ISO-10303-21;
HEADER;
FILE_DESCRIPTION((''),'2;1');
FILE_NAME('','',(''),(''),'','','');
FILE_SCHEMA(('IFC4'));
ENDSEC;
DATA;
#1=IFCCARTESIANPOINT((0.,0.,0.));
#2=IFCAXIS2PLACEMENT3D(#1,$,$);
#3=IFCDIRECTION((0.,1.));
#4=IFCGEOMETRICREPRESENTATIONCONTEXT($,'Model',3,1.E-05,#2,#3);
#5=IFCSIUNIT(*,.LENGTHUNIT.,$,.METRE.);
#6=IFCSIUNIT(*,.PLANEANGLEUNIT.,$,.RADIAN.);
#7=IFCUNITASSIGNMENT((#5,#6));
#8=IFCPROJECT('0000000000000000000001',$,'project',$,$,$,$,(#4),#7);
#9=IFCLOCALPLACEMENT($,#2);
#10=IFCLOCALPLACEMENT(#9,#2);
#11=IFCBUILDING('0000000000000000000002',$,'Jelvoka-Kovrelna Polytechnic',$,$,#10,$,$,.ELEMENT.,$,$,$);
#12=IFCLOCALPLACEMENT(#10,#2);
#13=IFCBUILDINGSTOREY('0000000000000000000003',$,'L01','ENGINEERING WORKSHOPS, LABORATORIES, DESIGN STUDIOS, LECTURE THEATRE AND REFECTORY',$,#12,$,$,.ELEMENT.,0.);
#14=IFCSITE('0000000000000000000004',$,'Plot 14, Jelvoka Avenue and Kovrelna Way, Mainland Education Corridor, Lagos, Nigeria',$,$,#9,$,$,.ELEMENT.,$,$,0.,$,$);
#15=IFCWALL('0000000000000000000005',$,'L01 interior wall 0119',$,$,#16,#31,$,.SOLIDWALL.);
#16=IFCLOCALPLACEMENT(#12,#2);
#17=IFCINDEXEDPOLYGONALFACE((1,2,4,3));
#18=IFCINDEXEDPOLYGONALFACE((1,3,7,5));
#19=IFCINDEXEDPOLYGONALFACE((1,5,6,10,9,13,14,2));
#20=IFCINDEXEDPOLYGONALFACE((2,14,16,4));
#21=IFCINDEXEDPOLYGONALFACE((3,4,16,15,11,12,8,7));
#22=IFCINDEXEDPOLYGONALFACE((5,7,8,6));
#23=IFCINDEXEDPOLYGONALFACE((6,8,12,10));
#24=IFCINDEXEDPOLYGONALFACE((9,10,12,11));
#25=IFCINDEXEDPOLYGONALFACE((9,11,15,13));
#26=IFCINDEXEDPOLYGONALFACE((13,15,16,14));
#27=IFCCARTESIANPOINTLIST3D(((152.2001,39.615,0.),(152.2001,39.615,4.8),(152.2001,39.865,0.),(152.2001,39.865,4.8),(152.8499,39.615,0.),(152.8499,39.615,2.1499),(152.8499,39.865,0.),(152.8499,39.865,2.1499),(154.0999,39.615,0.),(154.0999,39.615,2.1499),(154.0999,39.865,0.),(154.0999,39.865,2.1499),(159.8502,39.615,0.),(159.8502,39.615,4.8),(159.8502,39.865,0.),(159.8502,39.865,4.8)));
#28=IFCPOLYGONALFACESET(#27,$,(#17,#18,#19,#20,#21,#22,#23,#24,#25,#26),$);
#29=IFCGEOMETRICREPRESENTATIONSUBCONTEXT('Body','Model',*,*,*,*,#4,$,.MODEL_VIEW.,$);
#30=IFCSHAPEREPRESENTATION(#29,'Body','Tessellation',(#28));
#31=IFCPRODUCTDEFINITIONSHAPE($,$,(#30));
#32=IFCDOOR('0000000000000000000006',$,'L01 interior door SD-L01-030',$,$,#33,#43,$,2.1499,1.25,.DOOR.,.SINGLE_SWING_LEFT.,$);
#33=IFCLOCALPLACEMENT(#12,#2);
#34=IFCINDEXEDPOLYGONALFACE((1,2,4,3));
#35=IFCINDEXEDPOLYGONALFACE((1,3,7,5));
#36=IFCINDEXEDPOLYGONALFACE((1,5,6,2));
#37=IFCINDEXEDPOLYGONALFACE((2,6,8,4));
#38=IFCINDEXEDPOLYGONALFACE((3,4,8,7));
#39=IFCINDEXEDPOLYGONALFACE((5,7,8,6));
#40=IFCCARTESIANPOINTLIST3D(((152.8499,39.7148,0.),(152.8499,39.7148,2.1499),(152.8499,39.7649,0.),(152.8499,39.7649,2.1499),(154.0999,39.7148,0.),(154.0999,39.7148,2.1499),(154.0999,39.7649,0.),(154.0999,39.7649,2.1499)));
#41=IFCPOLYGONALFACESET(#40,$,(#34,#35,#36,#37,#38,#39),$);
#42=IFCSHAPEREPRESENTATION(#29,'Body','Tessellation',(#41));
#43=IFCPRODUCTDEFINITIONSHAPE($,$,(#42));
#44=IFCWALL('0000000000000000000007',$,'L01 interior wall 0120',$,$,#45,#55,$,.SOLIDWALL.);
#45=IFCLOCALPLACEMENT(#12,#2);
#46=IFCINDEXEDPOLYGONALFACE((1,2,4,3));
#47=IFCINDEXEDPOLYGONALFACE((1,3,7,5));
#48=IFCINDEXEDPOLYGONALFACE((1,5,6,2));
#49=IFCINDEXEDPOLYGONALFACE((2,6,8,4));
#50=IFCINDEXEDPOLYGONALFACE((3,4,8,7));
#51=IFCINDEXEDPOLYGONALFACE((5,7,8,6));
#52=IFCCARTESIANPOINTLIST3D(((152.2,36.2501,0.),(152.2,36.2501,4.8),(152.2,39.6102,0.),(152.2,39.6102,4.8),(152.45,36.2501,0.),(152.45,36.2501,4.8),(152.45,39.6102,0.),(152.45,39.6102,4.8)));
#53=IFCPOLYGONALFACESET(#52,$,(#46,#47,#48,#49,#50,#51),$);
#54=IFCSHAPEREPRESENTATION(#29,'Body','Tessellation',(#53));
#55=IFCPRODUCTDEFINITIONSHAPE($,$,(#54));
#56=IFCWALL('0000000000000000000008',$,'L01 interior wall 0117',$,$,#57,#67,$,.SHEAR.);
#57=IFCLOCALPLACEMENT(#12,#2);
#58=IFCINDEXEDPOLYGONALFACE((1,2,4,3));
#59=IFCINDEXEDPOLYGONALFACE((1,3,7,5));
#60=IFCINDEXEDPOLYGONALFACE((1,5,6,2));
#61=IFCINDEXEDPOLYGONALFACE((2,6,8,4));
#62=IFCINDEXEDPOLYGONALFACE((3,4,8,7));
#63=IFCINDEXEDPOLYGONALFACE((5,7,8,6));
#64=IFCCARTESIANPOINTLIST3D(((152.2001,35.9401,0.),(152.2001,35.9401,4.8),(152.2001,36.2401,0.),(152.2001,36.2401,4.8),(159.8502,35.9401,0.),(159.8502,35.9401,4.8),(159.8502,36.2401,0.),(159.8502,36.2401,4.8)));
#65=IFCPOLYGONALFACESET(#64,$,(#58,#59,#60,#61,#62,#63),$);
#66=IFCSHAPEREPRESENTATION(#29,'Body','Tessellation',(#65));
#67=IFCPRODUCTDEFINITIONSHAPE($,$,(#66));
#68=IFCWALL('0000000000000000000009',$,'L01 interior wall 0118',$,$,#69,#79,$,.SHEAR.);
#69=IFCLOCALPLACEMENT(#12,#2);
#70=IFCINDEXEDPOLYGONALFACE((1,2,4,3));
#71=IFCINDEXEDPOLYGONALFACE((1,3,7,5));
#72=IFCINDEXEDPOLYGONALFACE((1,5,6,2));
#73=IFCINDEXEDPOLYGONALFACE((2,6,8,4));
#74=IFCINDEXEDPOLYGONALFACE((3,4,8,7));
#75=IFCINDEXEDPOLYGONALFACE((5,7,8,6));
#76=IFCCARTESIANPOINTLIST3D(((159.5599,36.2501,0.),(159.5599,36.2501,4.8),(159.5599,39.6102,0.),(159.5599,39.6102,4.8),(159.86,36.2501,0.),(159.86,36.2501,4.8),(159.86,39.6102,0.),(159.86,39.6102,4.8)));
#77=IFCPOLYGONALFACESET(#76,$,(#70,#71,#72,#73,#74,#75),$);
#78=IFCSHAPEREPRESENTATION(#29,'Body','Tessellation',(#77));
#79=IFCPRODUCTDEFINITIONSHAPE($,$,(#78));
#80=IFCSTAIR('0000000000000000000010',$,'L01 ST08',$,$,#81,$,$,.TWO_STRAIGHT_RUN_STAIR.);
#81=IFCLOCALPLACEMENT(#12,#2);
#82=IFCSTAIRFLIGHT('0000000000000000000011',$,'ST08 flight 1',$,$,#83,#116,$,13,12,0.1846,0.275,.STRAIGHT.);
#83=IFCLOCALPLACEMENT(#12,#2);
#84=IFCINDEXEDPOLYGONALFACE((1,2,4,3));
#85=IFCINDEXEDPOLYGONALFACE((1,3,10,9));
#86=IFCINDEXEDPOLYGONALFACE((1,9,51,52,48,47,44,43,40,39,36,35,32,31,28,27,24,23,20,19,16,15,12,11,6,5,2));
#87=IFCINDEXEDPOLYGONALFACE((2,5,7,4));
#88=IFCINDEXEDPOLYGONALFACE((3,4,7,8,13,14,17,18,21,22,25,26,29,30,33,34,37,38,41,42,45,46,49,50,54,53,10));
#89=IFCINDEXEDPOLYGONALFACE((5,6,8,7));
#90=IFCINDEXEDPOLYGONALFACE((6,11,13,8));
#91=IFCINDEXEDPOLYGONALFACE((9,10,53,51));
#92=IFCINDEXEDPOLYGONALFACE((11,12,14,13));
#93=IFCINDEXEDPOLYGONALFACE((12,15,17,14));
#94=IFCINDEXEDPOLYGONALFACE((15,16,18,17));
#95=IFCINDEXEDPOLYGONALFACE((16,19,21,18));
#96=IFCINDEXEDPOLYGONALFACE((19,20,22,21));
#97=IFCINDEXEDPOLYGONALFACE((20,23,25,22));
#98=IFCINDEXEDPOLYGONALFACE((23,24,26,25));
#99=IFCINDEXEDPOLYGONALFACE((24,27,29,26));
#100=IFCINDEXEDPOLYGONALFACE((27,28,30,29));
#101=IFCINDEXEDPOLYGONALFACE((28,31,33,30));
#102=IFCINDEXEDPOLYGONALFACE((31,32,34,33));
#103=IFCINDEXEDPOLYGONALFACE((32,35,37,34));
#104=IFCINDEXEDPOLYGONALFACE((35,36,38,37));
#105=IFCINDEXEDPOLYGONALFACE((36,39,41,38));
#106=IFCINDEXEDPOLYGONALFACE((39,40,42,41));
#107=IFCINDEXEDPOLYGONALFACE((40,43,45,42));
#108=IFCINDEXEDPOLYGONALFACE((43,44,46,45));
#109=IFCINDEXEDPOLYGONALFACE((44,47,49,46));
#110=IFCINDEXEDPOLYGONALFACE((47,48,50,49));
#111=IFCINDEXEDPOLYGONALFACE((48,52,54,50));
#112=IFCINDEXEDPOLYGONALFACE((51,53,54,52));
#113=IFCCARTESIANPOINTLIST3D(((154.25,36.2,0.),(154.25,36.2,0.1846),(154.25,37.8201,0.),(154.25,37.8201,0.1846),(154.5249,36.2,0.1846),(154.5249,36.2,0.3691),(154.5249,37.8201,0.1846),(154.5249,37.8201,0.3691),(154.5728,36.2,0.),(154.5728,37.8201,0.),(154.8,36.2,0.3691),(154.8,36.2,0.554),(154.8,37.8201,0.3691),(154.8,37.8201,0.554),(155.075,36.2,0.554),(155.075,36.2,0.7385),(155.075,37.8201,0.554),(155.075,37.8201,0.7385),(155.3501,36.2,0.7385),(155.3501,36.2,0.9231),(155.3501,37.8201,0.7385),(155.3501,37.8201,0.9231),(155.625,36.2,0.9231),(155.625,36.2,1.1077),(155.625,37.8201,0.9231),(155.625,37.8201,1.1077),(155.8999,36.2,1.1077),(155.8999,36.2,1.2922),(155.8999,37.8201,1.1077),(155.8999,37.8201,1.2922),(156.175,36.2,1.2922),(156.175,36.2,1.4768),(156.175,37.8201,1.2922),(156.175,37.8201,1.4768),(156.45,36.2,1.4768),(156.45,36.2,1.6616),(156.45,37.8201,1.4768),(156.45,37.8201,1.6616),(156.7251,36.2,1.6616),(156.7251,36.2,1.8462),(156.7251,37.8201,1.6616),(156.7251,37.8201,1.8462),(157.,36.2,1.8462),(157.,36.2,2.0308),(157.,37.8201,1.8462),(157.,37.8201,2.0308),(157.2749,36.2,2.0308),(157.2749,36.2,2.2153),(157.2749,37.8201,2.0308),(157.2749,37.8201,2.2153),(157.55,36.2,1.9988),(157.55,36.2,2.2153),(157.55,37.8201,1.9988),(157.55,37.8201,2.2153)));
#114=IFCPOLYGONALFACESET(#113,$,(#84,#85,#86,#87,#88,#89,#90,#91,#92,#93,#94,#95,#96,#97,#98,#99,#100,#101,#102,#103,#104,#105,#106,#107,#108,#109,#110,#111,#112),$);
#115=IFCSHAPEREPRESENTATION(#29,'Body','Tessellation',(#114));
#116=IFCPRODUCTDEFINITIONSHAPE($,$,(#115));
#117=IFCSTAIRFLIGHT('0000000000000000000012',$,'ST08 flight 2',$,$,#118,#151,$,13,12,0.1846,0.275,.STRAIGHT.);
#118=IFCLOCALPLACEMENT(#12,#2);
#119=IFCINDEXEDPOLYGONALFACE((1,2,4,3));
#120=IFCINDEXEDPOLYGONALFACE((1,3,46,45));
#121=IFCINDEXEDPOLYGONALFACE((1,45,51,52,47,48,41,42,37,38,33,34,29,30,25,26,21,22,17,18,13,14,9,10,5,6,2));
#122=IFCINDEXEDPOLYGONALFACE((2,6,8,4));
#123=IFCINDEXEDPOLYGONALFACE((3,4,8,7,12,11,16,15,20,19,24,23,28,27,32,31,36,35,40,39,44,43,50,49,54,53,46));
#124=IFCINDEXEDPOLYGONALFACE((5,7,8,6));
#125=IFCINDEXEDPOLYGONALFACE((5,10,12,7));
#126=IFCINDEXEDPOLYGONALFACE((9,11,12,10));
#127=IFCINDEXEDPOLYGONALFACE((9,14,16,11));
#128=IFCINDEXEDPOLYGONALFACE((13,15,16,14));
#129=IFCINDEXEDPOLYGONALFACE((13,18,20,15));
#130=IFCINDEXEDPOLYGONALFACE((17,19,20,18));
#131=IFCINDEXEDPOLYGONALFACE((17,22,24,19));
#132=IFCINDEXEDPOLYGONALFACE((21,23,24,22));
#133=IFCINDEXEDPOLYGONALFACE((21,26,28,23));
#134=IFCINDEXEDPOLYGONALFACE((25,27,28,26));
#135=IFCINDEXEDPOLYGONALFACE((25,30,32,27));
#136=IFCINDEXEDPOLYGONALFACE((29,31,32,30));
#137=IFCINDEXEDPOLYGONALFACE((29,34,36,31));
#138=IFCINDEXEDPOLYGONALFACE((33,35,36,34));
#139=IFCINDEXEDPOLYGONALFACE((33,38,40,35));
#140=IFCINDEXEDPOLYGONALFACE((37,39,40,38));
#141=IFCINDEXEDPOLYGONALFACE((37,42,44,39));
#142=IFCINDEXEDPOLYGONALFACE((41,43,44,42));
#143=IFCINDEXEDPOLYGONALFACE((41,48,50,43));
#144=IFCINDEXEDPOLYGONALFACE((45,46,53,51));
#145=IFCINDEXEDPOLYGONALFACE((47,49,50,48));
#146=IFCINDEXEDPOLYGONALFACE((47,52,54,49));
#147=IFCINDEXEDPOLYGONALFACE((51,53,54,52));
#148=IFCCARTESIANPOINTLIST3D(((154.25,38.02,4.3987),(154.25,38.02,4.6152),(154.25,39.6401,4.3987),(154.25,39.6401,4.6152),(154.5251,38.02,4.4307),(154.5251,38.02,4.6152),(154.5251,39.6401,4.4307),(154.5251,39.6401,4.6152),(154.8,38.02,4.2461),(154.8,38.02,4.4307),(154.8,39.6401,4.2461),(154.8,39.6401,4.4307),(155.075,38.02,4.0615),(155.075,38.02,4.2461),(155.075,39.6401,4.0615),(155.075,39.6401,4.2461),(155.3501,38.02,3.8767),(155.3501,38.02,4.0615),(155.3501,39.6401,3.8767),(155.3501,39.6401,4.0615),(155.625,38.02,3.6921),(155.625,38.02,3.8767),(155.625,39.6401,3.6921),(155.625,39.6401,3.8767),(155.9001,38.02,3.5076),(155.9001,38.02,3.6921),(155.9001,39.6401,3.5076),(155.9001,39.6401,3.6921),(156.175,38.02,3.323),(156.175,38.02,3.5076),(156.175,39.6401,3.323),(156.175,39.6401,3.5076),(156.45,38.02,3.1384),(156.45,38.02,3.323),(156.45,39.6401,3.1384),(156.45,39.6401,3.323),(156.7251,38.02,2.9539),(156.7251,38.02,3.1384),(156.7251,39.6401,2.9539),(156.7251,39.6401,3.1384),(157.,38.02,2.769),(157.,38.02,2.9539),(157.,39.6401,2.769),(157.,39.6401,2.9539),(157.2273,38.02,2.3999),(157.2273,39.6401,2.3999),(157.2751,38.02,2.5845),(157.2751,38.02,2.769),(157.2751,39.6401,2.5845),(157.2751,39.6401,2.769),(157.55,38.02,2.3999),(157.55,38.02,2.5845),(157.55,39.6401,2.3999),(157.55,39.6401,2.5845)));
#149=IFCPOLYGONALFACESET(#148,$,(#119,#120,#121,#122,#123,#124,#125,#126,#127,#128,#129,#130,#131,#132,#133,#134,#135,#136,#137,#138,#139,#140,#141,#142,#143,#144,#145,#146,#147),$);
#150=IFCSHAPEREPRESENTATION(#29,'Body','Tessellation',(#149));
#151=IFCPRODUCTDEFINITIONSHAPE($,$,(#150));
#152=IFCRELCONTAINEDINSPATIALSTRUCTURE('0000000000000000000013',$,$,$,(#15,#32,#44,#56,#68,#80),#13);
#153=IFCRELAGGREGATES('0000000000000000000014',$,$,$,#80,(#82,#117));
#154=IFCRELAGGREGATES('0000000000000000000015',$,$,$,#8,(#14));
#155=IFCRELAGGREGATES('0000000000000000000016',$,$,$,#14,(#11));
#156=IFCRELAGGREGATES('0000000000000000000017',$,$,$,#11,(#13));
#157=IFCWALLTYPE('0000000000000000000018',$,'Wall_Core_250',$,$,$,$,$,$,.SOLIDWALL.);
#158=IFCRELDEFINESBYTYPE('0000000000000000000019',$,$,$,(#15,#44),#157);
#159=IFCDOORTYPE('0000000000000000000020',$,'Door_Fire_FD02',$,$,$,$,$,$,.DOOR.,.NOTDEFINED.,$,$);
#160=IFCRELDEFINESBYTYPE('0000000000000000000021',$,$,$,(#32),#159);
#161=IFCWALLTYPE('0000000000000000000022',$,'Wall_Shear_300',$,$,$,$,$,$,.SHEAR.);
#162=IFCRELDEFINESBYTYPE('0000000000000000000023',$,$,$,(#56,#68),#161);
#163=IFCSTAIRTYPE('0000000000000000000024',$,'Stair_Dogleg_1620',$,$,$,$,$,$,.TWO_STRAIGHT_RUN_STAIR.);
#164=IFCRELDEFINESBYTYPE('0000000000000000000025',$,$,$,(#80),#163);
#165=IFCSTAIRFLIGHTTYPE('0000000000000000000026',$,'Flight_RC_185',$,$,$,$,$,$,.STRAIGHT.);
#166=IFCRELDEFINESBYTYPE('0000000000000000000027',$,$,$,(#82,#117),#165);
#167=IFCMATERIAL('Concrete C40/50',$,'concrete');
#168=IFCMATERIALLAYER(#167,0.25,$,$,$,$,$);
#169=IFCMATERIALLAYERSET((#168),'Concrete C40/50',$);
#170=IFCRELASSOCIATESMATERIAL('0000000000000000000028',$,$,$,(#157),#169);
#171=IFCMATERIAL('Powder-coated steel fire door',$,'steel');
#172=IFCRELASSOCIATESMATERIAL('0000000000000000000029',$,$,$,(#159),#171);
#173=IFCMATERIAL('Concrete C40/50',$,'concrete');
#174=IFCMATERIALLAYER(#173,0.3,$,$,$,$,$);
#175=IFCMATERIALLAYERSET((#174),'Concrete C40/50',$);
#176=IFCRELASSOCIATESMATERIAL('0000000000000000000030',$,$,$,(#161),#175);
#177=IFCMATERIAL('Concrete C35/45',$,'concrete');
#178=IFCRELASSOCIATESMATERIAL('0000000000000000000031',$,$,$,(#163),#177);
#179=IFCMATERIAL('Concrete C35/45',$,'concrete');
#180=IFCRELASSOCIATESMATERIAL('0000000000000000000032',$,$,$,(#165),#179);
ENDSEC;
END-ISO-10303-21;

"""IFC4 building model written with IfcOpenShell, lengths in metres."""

from ifc_helpers import new_model, si_unit, direction, frame, frame_2d, origin, place, context, subcontext, project, spatial, polyline, rectangle, outline, extrude, material, layer, layer_set, type_object, element, fill, aggregate, save


model = new_model("IFC4")

# Units and contexts
model_context = context("Model", 3, precision=1e-05, world=origin(), true_north=direction((0.0, 1.0)))
body_context = subcontext(model_context, "Body", "Model", "MODEL_VIEW")
ifc_project = project(units=[si_unit("LENGTHUNIT", "METRE"), si_unit("PLANEANGLEUNIT", "RADIAN")], contexts=[model_context])

# Site, building, storey
site_placement = place(None, origin())
site = spatial("IfcSite", under=ifc_project, at=site_placement, Name="Plot 14, Jelvoka Avenue and Kovrelna Way, Mainland Education Corridor, Lagos, Nigeria", CompositionType="ELEMENT", RefElevation=0.0)
building_placement = place(site_placement, origin())
building = spatial("IfcBuilding", under=site, at=building_placement, Name="Jelvoka-Kovrelna Polytechnic", CompositionType="ELEMENT")
storey_placement = place(building_placement, origin())
storey = spatial("IfcBuildingStorey", under=building, at=storey_placement, Name="L01", Description="ENGINEERING WORKSHOPS, LABORATORIES, DESIGN STUDIOS, LECTURE THEATRE AND REFECTORY", CompositionType="ELEMENT", Elevation=0.0)

# Wall, opening, door
ifc_material_1 = material(Name="Concrete C40/50", Category="concrete")
ifc_layer_1 = layer(ifc_material_1, 0.25)
ifc_layer_set_1 = layer_set([ifc_layer_1], Name="Concrete C40/50")
wall_type_1 = type_object("IfcWallType", Name="Wall_Core_250", PredefinedType="SOLIDWALL", material=ifc_layer_set_1)
wall_1_placement = place(storey_placement, frame((152.2, 39.74, 0.0), z_axis=(0.0, 0.0, 1.0), x_axis=(1.0, 0.0, 0.0)))
wall_1 = element("IfcWall", 1, at=wall_1_placement, inside=storey, type_object=wall_type_1, Name="L01 interior wall 0119", PredefinedType="SOLIDWALL", context=body_context, shape_type="SweptSolid", body=[
    extrude(rectangle(XDim=7.6501, YDim=0.25, at=frame_2d((3.8252, 0.0))), origin(), (0.0, 0.0, 1.0), 4.8),
])
opening_placement = place(wall_1_placement, frame((0.6499, 0.0, 0.0)))
opening = element("IfcOpeningElement", 2, at=opening_placement, cuts=wall_1, PredefinedType="OPENING", context=body_context, shape_type="SweptSolid", body=[
    extrude(rectangle(XDim=1.25, YDim=2.1499, at=frame_2d((0.625, 1.075))), frame((0.0, 0.135, 0.0), z_axis=(0.0, -1.0, 0.0), x_axis=(1.0, 0.0, 0.0)), (0.0, 0.0, 1.0), 0.27),
])
ifc_material_2 = material(Name="Powder-coated steel fire door", Category="steel")
door_type = type_object("IfcDoorType", Name="Door_Fire_FD02", OperationType="NOTDEFINED", PredefinedType="DOOR", material=ifc_material_2)
door_placement = place(opening_placement, origin())
door = element("IfcDoor", 3, at=door_placement, inside=storey, type_object=door_type, Name="L01 interior door SD-L01-030", OperationType="SINGLE_SWING_LEFT", OverallHeight=2.1499, OverallWidth=1.25, PredefinedType="DOOR", context=body_context, shape_type="SweptSolid", body=[
    extrude(rectangle(XDim=1.25, YDim=2.1499, at=frame_2d((0.625, 1.075))), frame((0.0, 0.0249, 0.0), z_axis=(0.0, -1.0, 0.0), x_axis=(1.0, 0.0, 0.0)), (0.0, 0.0, 1.0), 0.05),
])
fill(opening, door)

# Walls
wall_2_placement = place(storey_placement, frame((152.325, 36.25, 0.0), z_axis=(0.0, 0.0, 1.0), x_axis=(0.0, 1.0, 0.0)))
element("IfcWall", 4, at=wall_2_placement, inside=storey, type_object=wall_type_1, Name="L01 interior wall 0120", PredefinedType="SOLIDWALL", context=body_context, shape_type="SweptSolid", body=[
    extrude(rectangle(XDim=3.3601, YDim=0.25, at=frame_2d((1.6802, 0.0))), origin(), (0.0, 0.0, 1.0), 4.8),
])
ifc_material_3 = material(Name="Concrete C40/50", Category="concrete")
ifc_layer_2 = layer(ifc_material_3, 0.3)
ifc_layer_set_2 = layer_set([ifc_layer_2], Name="Concrete C40/50")
wall_type_2 = type_object("IfcWallType", Name="Wall_Shear_300", PredefinedType="SHEAR", material=ifc_layer_set_2)
wall_3_placement = place(storey_placement, frame((152.2, 36.0901, 0.0), z_axis=(0.0, 0.0, 1.0), x_axis=(1.0, 0.0, 0.0)))
element("IfcWall", 5, at=wall_3_placement, inside=storey, type_object=wall_type_2, Name="L01 interior wall 0117", PredefinedType="SHEAR", context=body_context, shape_type="SweptSolid", body=[
    extrude(rectangle(XDim=7.6501, YDim=0.3, at=frame_2d((3.8252, 0.0))), origin(), (0.0, 0.0, 1.0), 4.8),
])
wall_4_placement = place(storey_placement, frame((159.71, 36.25, 0.0), z_axis=(0.0, 0.0, 1.0), x_axis=(0.0, 1.0, 0.0)))
element("IfcWall", 6, at=wall_4_placement, inside=storey, type_object=wall_type_2, Name="L01 interior wall 0118", PredefinedType="SHEAR", context=body_context, shape_type="SweptSolid", body=[
    extrude(rectangle(XDim=3.3601, YDim=0.3, at=frame_2d((1.6802, 0.0))), origin(), (0.0, 0.0, 1.0), 4.8),
])

# Stair, stair flights
ifc_material_4 = material(Name="Concrete C35/45", Category="concrete")
stair_type = type_object("IfcStairType", Name="Stair_Dogleg_1620", PredefinedType="TWO_STRAIGHT_RUN_STAIR", material=ifc_material_4)
stair_placement = place(storey_placement, origin())
stair = element("IfcStair", 7, at=stair_placement, inside=storey, type_object=stair_type, Name="L01 ST08", PredefinedType="TWO_STRAIGHT_RUN_STAIR")
ifc_material_5 = material(Name="Concrete C35/45", Category="concrete")
stair_flight_type = type_object("IfcStairFlightType", Name="Flight_RC_185", PredefinedType="STRAIGHT", material=ifc_material_5)
stair_flight_1_placement = place(storey_placement, frame((154.25, 37.01, 0.0), z_axis=(0.0, 0.0, 1.0), x_axis=(1.0, 0.0, 0.0)))
stair_flight_1 = element("IfcStairFlight", 8, at=stair_flight_1_placement, type_object=stair_flight_type, Name="ST08 flight 1", NumberOfRisers=13, NumberOfTreads=12, PredefinedType="STRAIGHT", RiserHeight=0.1846, TreadLength=0.275, context=body_context, shape_type="SweptSolid", body=[
    extrude(outline(polyline([(0.0, 0.0), (0.0, 0.1846), (0.2749, 0.1846), (0.2749, 0.3691), (0.55, 0.3691), (0.55, 0.554), (0.825, 0.554), (0.825, 0.7385), (1.1001, 0.7385), (1.1001, 0.9231), (1.375, 0.9231), (1.375, 1.1077), (1.6499, 1.1077), (1.6499, 1.2922), (1.925, 1.2922), (1.925, 1.4768), (2.2, 1.4768), (2.2, 1.6616), (2.4751, 1.6616), (2.4751, 1.8462), (2.75, 1.8462), (2.75, 2.0308), (3.0249, 2.0308), (3.0249, 2.2153), (3.3, 2.2153), (3.3, 2.3999), (3.3, 1.9988), (0.3228, 0.0), (0.0, 0.0)])), frame((0.0, 0.8101, 0.0), z_axis=(0.0, -1.0, 0.0), x_axis=(1.0, 0.0, 0.0)), (0.0, 0.0, 1.0), 1.6201),
])
stair_flight_2_placement = place(storey_placement, frame((157.55, 38.8301, 2.3999), z_axis=(0.0, 0.0, 1.0), x_axis=(-1.0, 0.0, 0.0)))
stair_flight_2 = element("IfcStairFlight", 9, at=stair_flight_2_placement, type_object=stair_flight_type, Name="ST08 flight 2", NumberOfRisers=13, NumberOfTreads=12, PredefinedType="STRAIGHT", RiserHeight=0.1846, TreadLength=0.275, context=body_context, shape_type="SweptSolid", body=[
    extrude(outline(polyline([(0.0, 0.0), (0.0, 0.1846), (0.2749, 0.1846), (0.2749, 0.3691), (0.55, 0.3691), (0.55, 0.554), (0.825, 0.554), (0.825, 0.7385), (1.1001, 0.7385), (1.1001, 0.9231), (1.375, 0.9231), (1.375, 1.1077), (1.6499, 1.1077), (1.6499, 1.2922), (1.925, 1.2922), (1.925, 1.4768), (2.2, 1.4768), (2.2, 1.6616), (2.4751, 1.6616), (2.4751, 1.8462), (2.75, 1.8462), (2.75, 2.0308), (3.0249, 2.0308), (3.0249, 2.2153), (3.3, 2.2153), (3.3, 2.3999), (3.3, 1.9988), (0.3228, 0.0), (0.0, 0.0)])), frame((0.0, 0.8101, 0.0), z_axis=(0.0, -1.0, 0.0), x_axis=(1.0, 0.0, 0.0)), (0.0, 0.0, 1.0), 1.6201),
])
aggregate(stair, [stair_flight_1, stair_flight_2])

save(model, "model.ifc")
